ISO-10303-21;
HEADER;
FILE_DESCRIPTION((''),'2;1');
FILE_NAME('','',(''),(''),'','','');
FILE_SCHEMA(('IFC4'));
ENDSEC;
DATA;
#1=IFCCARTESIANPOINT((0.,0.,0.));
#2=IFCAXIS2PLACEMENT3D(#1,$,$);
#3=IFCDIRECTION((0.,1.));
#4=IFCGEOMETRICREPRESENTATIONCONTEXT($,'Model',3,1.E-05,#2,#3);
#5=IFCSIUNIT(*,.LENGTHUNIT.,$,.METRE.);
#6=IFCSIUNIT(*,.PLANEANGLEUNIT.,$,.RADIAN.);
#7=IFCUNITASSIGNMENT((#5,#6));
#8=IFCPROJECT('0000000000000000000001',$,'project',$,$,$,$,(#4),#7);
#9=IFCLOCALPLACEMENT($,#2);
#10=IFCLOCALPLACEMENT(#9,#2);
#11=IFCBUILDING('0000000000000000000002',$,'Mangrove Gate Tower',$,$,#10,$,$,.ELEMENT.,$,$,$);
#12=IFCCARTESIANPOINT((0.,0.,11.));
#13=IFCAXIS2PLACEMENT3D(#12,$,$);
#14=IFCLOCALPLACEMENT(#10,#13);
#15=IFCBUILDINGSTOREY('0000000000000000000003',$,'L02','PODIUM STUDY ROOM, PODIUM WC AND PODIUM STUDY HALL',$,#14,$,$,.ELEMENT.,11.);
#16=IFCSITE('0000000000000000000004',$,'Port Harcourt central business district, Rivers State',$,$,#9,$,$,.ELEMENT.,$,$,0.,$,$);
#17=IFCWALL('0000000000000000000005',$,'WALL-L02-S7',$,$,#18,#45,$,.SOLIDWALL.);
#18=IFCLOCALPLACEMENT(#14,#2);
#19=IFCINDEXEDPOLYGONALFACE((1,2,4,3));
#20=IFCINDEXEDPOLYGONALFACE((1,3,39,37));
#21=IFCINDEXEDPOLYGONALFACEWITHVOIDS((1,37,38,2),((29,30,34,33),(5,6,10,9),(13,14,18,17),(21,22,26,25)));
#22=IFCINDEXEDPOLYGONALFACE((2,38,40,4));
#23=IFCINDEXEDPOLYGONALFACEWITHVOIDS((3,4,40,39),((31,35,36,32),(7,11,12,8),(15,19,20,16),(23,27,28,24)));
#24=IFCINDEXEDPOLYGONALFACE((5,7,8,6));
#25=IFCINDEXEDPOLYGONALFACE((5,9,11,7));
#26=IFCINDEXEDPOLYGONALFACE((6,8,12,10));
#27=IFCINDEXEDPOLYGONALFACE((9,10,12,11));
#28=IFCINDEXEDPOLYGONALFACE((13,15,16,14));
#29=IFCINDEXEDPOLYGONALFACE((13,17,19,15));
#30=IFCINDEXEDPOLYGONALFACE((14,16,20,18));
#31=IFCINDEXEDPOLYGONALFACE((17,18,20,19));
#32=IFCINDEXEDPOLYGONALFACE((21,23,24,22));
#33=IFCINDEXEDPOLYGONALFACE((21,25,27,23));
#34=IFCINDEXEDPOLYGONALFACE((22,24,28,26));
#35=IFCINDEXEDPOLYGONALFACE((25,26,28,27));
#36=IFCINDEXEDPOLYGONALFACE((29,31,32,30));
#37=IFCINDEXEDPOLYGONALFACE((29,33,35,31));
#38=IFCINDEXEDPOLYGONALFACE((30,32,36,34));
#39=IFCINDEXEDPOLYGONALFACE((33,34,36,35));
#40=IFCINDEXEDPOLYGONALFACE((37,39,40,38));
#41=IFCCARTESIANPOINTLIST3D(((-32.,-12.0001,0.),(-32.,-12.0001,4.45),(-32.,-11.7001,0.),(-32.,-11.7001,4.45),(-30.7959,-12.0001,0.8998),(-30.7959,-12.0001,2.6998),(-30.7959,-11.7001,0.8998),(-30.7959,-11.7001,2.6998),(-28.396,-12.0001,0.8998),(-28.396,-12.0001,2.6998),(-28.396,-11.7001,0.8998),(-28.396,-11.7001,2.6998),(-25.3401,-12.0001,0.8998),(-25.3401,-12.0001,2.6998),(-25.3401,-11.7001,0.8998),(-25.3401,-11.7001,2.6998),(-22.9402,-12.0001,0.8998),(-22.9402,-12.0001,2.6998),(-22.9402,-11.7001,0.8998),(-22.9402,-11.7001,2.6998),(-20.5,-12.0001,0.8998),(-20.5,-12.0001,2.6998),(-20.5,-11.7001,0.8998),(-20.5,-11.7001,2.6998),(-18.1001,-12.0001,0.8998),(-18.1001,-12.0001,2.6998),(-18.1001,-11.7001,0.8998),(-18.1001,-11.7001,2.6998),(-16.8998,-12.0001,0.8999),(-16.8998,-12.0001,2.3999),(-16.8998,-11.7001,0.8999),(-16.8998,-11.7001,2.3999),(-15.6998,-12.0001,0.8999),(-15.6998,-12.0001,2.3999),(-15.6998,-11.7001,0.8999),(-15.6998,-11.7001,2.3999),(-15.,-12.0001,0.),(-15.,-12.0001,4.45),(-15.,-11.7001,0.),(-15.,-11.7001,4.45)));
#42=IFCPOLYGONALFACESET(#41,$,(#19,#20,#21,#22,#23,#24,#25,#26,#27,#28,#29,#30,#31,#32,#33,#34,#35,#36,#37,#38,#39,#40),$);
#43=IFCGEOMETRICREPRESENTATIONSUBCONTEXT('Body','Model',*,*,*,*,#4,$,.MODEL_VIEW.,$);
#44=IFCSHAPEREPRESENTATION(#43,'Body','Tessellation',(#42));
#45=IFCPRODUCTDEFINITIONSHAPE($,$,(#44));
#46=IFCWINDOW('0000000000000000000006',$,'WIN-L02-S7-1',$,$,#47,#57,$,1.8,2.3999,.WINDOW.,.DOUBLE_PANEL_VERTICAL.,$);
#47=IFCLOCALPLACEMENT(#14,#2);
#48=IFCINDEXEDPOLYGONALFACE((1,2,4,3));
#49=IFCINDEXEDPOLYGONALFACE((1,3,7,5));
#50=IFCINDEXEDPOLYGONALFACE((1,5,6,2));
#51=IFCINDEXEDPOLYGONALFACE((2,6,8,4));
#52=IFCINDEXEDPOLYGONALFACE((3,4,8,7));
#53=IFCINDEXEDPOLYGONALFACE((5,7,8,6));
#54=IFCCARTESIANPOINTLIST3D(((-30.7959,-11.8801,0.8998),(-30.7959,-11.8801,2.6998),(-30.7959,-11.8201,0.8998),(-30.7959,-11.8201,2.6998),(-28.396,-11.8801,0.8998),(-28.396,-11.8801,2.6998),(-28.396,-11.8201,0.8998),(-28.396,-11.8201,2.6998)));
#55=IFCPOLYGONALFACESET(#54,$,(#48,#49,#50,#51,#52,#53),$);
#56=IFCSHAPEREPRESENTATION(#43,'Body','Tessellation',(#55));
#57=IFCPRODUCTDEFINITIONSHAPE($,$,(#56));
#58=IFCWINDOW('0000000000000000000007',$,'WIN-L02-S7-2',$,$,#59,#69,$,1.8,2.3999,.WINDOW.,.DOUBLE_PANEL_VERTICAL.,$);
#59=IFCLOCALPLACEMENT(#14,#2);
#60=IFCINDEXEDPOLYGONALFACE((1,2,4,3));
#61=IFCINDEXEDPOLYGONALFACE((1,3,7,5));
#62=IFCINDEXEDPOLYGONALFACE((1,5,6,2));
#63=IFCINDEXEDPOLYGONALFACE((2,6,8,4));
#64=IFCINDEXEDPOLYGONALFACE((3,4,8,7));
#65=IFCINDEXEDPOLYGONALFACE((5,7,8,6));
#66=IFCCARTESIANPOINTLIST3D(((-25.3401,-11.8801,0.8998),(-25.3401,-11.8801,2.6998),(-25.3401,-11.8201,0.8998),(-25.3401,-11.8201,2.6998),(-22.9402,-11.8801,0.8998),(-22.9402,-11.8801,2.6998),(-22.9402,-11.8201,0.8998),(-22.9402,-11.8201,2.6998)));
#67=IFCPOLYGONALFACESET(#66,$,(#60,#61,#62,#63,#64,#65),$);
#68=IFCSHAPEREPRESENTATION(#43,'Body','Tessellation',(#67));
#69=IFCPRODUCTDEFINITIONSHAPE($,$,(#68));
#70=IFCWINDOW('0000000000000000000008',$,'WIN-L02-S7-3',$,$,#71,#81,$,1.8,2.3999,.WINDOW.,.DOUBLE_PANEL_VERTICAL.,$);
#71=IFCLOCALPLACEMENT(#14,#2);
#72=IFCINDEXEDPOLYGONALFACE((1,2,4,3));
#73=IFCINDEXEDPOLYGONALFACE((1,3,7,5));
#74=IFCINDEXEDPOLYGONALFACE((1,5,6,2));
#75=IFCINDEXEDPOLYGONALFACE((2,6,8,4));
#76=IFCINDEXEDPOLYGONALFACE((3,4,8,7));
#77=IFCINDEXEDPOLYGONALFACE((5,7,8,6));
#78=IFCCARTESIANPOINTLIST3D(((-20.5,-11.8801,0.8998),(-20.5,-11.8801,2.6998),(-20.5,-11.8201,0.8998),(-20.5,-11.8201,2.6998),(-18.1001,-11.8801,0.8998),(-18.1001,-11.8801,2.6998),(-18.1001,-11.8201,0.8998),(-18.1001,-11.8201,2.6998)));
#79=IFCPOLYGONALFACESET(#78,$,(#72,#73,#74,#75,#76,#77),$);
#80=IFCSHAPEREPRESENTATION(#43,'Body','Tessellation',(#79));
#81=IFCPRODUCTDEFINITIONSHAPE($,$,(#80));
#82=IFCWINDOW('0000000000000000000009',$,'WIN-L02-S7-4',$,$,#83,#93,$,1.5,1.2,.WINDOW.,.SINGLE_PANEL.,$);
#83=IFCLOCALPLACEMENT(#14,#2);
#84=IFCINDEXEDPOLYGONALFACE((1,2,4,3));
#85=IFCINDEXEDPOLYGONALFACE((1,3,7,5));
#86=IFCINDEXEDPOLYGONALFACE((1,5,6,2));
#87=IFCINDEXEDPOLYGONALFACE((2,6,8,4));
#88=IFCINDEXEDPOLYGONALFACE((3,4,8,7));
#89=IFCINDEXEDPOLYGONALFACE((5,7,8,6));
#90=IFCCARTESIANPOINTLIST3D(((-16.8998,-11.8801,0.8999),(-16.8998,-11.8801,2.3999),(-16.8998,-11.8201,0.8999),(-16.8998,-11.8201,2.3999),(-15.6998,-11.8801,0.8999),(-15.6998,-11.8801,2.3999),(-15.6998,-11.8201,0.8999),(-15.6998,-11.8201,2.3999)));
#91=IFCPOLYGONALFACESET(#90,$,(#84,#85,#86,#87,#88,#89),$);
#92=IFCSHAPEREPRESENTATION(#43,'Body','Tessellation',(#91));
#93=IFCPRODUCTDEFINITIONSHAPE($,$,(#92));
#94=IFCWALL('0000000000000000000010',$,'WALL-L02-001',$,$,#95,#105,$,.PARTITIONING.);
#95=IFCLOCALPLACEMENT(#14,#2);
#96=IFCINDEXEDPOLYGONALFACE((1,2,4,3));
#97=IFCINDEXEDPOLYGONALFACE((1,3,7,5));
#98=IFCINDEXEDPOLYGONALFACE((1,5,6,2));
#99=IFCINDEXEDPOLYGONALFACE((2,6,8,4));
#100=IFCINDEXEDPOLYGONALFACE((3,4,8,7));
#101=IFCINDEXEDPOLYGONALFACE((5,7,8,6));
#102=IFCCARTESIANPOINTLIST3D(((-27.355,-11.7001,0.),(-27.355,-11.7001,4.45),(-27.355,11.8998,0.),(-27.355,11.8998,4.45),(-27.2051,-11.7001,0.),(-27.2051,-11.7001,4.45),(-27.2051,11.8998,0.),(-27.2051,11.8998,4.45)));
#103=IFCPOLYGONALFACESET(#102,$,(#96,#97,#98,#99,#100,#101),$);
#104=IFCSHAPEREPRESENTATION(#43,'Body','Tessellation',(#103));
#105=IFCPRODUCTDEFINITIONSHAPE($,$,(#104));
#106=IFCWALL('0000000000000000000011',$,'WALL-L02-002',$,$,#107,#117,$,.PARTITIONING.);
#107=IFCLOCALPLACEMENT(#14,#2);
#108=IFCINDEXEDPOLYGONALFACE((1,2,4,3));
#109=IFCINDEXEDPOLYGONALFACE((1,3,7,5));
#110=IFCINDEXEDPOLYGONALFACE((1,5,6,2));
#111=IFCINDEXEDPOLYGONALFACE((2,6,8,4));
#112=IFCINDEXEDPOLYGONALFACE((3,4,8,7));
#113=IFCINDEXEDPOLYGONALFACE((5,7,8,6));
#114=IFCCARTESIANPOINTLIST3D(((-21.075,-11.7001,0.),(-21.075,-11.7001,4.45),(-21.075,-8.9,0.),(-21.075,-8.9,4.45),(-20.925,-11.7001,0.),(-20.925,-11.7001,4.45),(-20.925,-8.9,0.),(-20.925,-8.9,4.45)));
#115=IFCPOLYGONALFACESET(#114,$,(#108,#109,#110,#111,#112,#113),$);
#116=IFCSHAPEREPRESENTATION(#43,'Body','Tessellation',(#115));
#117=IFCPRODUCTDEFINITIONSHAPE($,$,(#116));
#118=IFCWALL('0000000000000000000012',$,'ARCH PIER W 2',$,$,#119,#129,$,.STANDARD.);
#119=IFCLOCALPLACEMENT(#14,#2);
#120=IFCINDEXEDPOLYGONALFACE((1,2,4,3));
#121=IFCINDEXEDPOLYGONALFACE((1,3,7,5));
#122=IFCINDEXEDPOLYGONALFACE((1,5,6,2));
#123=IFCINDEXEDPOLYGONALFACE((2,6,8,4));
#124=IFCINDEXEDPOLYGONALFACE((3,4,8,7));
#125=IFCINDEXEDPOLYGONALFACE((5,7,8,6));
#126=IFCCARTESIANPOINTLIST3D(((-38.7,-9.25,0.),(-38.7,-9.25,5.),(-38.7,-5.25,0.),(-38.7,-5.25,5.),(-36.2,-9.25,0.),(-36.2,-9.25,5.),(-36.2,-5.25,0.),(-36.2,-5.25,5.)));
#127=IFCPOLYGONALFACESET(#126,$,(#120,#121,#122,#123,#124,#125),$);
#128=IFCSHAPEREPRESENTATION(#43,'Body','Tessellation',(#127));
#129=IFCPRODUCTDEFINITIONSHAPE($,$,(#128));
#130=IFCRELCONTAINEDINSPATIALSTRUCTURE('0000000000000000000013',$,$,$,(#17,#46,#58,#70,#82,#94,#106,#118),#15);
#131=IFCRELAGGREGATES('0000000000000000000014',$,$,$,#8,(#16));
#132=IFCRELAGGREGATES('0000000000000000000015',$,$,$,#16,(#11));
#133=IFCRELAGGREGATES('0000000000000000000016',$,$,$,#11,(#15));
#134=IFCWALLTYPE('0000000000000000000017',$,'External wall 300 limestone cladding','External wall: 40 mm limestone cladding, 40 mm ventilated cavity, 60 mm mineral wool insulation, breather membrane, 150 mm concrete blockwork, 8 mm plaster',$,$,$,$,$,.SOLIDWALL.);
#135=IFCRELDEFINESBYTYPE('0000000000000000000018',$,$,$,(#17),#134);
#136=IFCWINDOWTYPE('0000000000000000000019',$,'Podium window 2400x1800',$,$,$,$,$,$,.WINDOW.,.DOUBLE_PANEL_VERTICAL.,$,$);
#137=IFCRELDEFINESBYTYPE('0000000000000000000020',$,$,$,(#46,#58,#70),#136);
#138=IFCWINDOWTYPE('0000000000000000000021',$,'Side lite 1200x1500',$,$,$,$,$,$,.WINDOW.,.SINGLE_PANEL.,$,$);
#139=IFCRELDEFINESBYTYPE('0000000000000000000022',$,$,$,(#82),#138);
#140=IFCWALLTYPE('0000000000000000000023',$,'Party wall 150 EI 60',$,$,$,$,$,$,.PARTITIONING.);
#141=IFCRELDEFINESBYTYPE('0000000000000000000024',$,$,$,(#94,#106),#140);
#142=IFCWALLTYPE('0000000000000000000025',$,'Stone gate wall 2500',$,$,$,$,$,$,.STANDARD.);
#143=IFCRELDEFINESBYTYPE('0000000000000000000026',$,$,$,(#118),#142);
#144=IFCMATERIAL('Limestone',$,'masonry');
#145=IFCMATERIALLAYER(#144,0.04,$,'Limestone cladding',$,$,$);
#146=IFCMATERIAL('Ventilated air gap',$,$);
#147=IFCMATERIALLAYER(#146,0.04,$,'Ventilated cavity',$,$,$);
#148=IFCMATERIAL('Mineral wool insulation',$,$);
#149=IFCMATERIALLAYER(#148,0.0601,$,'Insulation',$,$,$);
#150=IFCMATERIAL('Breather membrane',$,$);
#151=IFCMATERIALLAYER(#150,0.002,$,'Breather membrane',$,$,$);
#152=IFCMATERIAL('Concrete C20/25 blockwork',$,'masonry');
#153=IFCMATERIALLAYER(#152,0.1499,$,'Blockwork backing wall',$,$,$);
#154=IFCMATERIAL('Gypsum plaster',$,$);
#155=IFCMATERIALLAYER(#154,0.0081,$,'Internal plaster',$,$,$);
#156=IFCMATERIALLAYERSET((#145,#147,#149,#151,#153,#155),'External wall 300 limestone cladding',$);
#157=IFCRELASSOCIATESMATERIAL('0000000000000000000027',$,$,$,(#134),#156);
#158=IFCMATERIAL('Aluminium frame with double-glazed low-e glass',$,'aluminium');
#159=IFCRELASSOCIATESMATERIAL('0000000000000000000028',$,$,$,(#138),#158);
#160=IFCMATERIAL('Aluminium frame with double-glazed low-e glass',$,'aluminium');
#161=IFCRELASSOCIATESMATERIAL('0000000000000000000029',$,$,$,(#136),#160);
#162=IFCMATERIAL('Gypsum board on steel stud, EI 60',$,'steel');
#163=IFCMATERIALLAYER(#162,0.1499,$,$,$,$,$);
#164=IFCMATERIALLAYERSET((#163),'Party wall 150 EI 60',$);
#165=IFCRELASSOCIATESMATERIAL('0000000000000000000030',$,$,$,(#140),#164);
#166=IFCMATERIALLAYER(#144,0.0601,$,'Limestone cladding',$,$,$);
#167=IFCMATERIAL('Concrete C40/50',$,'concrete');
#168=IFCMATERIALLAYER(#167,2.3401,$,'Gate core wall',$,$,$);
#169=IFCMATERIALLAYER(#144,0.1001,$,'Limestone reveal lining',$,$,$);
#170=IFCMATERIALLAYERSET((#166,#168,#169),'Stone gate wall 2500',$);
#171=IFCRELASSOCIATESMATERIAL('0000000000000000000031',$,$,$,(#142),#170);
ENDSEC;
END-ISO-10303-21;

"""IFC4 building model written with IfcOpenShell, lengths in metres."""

from ifc_helpers import new_model, si_unit, direction, frame, frame_2d, origin, place, context, subcontext, project, spatial, rectangle, extrude, material, layer, layer_set, type_object, element, fill, save


model = new_model("IFC4")

# Units and contexts
model_context = context("Model", 3, precision=1e-05, world=origin(), true_north=direction((0.0, 1.0)))
body_context = subcontext(model_context, "Body", "Model", "MODEL_VIEW")
ifc_project = project(units=[si_unit("LENGTHUNIT", "METRE"), si_unit("PLANEANGLEUNIT", "RADIAN")], contexts=[model_context])

# Site, building, storey
site_placement = place(None, origin())
site = spatial("IfcSite", under=ifc_project, at=site_placement, Name="Port Harcourt central business district, Rivers State", CompositionType="ELEMENT", RefElevation=0.0)
building_placement = place(site_placement, origin())
building = spatial("IfcBuilding", under=site, at=building_placement, Name="Mangrove Gate Tower", CompositionType="ELEMENT")
storey_placement = place(building_placement, frame((0.0, 0.0, 11.0)))
storey = spatial("IfcBuildingStorey", under=building, at=storey_placement, Name="L02", Description="PODIUM STUDY ROOM, PODIUM WC AND PODIUM STUDY HALL", CompositionType="ELEMENT", Elevation=11.0)

# Shared definitions
ifc_material_1 = material(Name="Limestone", Category="masonry")
ifc_layer_1 = layer(ifc_material_1, 0.04, Name="Limestone cladding")
ifc_material_2 = material(Name="Ventilated air gap")
ifc_layer_2 = layer(ifc_material_2, 0.04, Name="Ventilated cavity")
ifc_material_3 = material(Name="Mineral wool insulation")
ifc_layer_3 = layer(ifc_material_3, 0.0601, Name="Insulation")
ifc_material_4 = material(Name="Breather membrane")
ifc_layer_4 = layer(ifc_material_4, 0.002, Name="Breather membrane")
ifc_material_5 = material(Name="Concrete C20/25 blockwork", Category="masonry")
ifc_layer_5 = layer(ifc_material_5, 0.1499, Name="Blockwork backing wall")
ifc_material_6 = material(Name="Gypsum plaster")
ifc_layer_6 = layer(ifc_material_6, 0.0081, Name="Internal plaster")
ifc_layer_set_1 = layer_set([ifc_layer_1, ifc_layer_2, ifc_layer_3, ifc_layer_4, ifc_layer_5, ifc_layer_6], Name="External wall 300 limestone cladding")
wall_type_1 = type_object("IfcWallType", Name="External wall 300 limestone cladding", Description="External wall: 40 mm limestone cladding, 40 mm ventilated cavity, 60 mm mineral wool insulation, breather membrane, 150 mm concrete blockwork, 8 mm plaster", PredefinedType="SOLIDWALL", material=ifc_layer_set_1)
ifc_material_7 = material(Name="Aluminium frame with double-glazed low-e glass", Category="aluminium")
window_type_1 = type_object("IfcWindowType", Name="Side lite 1200x1500", PartitioningType="SINGLE_PANEL", PredefinedType="WINDOW", material=ifc_material_7)

# Shared definitions
ifc_material_8 = material(Name="Aluminium frame with double-glazed low-e glass", Category="aluminium")
window_type_2 = type_object("IfcWindowType", Name="Podium window 2400x1800", PartitioningType="DOUBLE_PANEL_VERTICAL", PredefinedType="WINDOW", material=ifc_material_8)

# Wall, openings, windows
wall_1_placement = place(storey_placement, frame((-32.0, -11.8501, 0.0), z_axis=(0.0, 0.0, 1.0), x_axis=(1.0, 0.0, 0.0)))
wall_1 = element("IfcWall", 1, at=wall_1_placement, inside=storey, type_object=wall_type_1, Name="WALL-L02-S7", PredefinedType="SOLIDWALL", context=body_context, shape_type="SweptSolid", body=[
    extrude(rectangle(XDim=17.0, YDim=0.3, at=frame_2d((8.5, 0.0))), origin(), (0.0, 0.0, 1.0), 4.45),
])
opening_1_placement = place(wall_1_placement, frame((1.2041, 0.0, 0.8999)))
opening_1 = element("IfcOpeningElement", 2, at=opening_1_placement, cuts=wall_1, PredefinedType="OPENING", context=body_context, shape_type="SweptSolid", body=[
    extrude(rectangle(XDim=2.3999, YDim=1.8, at=frame_2d((1.2, 0.8999))), frame((0.0, 0.1599, 0.0), z_axis=(0.0, -1.0, 0.0), x_axis=(1.0, 0.0, 0.0)), (0.0, 0.0, 1.0), 0.3201),
])
opening_2_placement = place(wall_1_placement, frame((6.6599, 0.0, 0.8999)))
opening_2 = element("IfcOpeningElement", 3, at=opening_2_placement, cuts=wall_1, PredefinedType="OPENING", context=body_context, shape_type="SweptSolid", body=[
    extrude(rectangle(XDim=2.3999, YDim=1.8, at=frame_2d((1.2, 0.8999))), frame((0.0, 0.1599, 0.0), z_axis=(0.0, -1.0, 0.0), x_axis=(1.0, 0.0, 0.0)), (0.0, 0.0, 1.0), 0.3201),
])
opening_3_placement = place(wall_1_placement, frame((11.5, 0.0, 0.8999)))
opening_3 = element("IfcOpeningElement", 4, at=opening_3_placement, cuts=wall_1, PredefinedType="OPENING", context=body_context, shape_type="SweptSolid", body=[
    extrude(rectangle(XDim=2.3999, YDim=1.8, at=frame_2d((1.2, 0.8999))), frame((0.0, 0.1599, 0.0), z_axis=(0.0, -1.0, 0.0), x_axis=(1.0, 0.0, 0.0)), (0.0, 0.0, 1.0), 0.3201),
])
opening_4_placement = place(wall_1_placement, frame((15.1001, 0.0, 0.8999)))
opening_4 = element("IfcOpeningElement", 5, at=opening_4_placement, cuts=wall_1, PredefinedType="OPENING", context=body_context, shape_type="SweptSolid", body=[
    extrude(rectangle(XDim=1.2, YDim=1.5, at=frame_2d((0.6001, 0.75))), frame((0.0, 0.1599, 0.0), z_axis=(0.0, -1.0, 0.0), x_axis=(1.0, 0.0, 0.0)), (0.0, 0.0, 1.0), 0.3201),
])
window_1_placement = place(opening_1_placement, origin())
window_1 = element("IfcWindow", 6, at=window_1_placement, inside=storey, type_object=window_type_2, Name="WIN-L02-S7-1", OverallHeight=1.8, OverallWidth=2.3999, PartitioningType="DOUBLE_PANEL_VERTICAL", PredefinedType="WINDOW", context=body_context, shape_type="SweptSolid", body=[
    extrude(rectangle(XDim=2.3999, YDim=1.8, at=frame_2d((1.2, 0.8999))), frame((0.0, 0.03, 0.0), z_axis=(0.0, -1.0, 0.0), x_axis=(1.0, 0.0, 0.0)), (0.0, 0.0, 1.0), 0.0601),
])
fill(opening_1, window_1)
window_2_placement = place(opening_2_placement, origin())
window_2 = element("IfcWindow", 7, at=window_2_placement, inside=storey, type_object=window_type_2, Name="WIN-L02-S7-2", OverallHeight=1.8, OverallWidth=2.3999, PartitioningType="DOUBLE_PANEL_VERTICAL", PredefinedType="WINDOW", context=body_context, shape_type="SweptSolid", body=[
    extrude(rectangle(XDim=2.3999, YDim=1.8, at=frame_2d((1.2, 0.8999))), frame((0.0, 0.03, 0.0), z_axis=(0.0, -1.0, 0.0), x_axis=(1.0, 0.0, 0.0)), (0.0, 0.0, 1.0), 0.0601),
])
fill(opening_2, window_2)
window_3_placement = place(opening_3_placement, origin())
window_3 = element("IfcWindow", 8, at=window_3_placement, inside=storey, type_object=window_type_2, Name="WIN-L02-S7-3", OverallHeight=1.8, OverallWidth=2.3999, PartitioningType="DOUBLE_PANEL_VERTICAL", PredefinedType="WINDOW", context=body_context, shape_type="SweptSolid", body=[
    extrude(rectangle(XDim=2.3999, YDim=1.8, at=frame_2d((1.2, 0.8999))), frame((0.0, 0.03, 0.0), z_axis=(0.0, -1.0, 0.0), x_axis=(1.0, 0.0, 0.0)), (0.0, 0.0, 1.0), 0.0601),
])
fill(opening_3, window_3)
window_4_placement = place(opening_4_placement, origin())
window_4 = element("IfcWindow", 9, at=window_4_placement, inside=storey, type_object=window_type_1, Name="WIN-L02-S7-4", OverallHeight=1.5, OverallWidth=1.2, PartitioningType="SINGLE_PANEL", PredefinedType="WINDOW", context=body_context, shape_type="SweptSolid", body=[
    extrude(rectangle(XDim=1.2, YDim=1.5, at=frame_2d((0.6001, 0.75))), frame((0.0, 0.03, 0.0), z_axis=(0.0, -1.0, 0.0), x_axis=(1.0, 0.0, 0.0)), (0.0, 0.0, 1.0), 0.0601),
])
fill(opening_4, window_4)

# Walls
ifc_material_9 = material(Name="Gypsum board on steel stud, EI 60", Category="steel")
ifc_layer_7 = layer(ifc_material_9, 0.1499)
ifc_layer_set_2 = layer_set([ifc_layer_7], Name="Party wall 150 EI 60")
wall_type_2 = type_object("IfcWallType", Name="Party wall 150 EI 60", PredefinedType="PARTITIONING", material=ifc_layer_set_2)
wall_2_placement = place(storey_placement, frame((-27.28, -11.7, 0.0), z_axis=(0.0, 0.0, 1.0), x_axis=(0.0, 1.0, 0.0)))
element("IfcWall", 10, at=wall_2_placement, inside=storey, type_object=wall_type_2, Name="WALL-L02-001", PredefinedType="PARTITIONING", context=body_context, shape_type="SweptSolid", body=[
    extrude(rectangle(XDim=23.5999, YDim=0.1499, at=frame_2d((11.7998, 0.0))), origin(), (0.0, 0.0, 1.0), 4.45),
])
wall_3_placement = place(storey_placement, frame((-21.0, -11.7, 0.0), z_axis=(0.0, 0.0, 1.0), x_axis=(0.0, 1.0, 0.0)))
element("IfcWall", 11, at=wall_3_placement, inside=storey, type_object=wall_type_2, Name="WALL-L02-002", PredefinedType="PARTITIONING", context=body_context, shape_type="SweptSolid", body=[
    extrude(rectangle(XDim=2.8, YDim=0.1499, at=frame_2d((1.3999, 0.0))), origin(), (0.0, 0.0, 1.0), 4.45),
])
ifc_layer_8 = layer(ifc_material_1, 0.0601, Name="Limestone cladding")
ifc_material_10 = material(Name="Concrete C40/50", Category="concrete")
ifc_layer_9 = layer(ifc_material_10, 2.3401, Name="Gate core wall")
ifc_layer_10 = layer(ifc_material_1, 0.1001, Name="Limestone reveal lining")
ifc_layer_set_3 = layer_set([ifc_layer_8, ifc_layer_9, ifc_layer_10], Name="Stone gate wall 2500")
wall_type_3 = type_object("IfcWallType", Name="Stone gate wall 2500", PredefinedType="STANDARD", material=ifc_layer_set_3)
wall_4_placement = place(storey_placement, frame((-37.45, -9.25, 0.0), z_axis=(0.0, 0.0, 1.0), x_axis=(0.0, 1.0, 0.0)))
element("IfcWall", 12, at=wall_4_placement, inside=storey, type_object=wall_type_3, Name="ARCH PIER W 2", PredefinedType="STANDARD", context=body_context, shape_type="SweptSolid", body=[
    extrude(rectangle(XDim=4.0, YDim=2.5, at=frame_2d((2.0, 0.0))), origin(), (0.0, 0.0, 1.0), 5.0),
])

save(model, "model.ifc")
